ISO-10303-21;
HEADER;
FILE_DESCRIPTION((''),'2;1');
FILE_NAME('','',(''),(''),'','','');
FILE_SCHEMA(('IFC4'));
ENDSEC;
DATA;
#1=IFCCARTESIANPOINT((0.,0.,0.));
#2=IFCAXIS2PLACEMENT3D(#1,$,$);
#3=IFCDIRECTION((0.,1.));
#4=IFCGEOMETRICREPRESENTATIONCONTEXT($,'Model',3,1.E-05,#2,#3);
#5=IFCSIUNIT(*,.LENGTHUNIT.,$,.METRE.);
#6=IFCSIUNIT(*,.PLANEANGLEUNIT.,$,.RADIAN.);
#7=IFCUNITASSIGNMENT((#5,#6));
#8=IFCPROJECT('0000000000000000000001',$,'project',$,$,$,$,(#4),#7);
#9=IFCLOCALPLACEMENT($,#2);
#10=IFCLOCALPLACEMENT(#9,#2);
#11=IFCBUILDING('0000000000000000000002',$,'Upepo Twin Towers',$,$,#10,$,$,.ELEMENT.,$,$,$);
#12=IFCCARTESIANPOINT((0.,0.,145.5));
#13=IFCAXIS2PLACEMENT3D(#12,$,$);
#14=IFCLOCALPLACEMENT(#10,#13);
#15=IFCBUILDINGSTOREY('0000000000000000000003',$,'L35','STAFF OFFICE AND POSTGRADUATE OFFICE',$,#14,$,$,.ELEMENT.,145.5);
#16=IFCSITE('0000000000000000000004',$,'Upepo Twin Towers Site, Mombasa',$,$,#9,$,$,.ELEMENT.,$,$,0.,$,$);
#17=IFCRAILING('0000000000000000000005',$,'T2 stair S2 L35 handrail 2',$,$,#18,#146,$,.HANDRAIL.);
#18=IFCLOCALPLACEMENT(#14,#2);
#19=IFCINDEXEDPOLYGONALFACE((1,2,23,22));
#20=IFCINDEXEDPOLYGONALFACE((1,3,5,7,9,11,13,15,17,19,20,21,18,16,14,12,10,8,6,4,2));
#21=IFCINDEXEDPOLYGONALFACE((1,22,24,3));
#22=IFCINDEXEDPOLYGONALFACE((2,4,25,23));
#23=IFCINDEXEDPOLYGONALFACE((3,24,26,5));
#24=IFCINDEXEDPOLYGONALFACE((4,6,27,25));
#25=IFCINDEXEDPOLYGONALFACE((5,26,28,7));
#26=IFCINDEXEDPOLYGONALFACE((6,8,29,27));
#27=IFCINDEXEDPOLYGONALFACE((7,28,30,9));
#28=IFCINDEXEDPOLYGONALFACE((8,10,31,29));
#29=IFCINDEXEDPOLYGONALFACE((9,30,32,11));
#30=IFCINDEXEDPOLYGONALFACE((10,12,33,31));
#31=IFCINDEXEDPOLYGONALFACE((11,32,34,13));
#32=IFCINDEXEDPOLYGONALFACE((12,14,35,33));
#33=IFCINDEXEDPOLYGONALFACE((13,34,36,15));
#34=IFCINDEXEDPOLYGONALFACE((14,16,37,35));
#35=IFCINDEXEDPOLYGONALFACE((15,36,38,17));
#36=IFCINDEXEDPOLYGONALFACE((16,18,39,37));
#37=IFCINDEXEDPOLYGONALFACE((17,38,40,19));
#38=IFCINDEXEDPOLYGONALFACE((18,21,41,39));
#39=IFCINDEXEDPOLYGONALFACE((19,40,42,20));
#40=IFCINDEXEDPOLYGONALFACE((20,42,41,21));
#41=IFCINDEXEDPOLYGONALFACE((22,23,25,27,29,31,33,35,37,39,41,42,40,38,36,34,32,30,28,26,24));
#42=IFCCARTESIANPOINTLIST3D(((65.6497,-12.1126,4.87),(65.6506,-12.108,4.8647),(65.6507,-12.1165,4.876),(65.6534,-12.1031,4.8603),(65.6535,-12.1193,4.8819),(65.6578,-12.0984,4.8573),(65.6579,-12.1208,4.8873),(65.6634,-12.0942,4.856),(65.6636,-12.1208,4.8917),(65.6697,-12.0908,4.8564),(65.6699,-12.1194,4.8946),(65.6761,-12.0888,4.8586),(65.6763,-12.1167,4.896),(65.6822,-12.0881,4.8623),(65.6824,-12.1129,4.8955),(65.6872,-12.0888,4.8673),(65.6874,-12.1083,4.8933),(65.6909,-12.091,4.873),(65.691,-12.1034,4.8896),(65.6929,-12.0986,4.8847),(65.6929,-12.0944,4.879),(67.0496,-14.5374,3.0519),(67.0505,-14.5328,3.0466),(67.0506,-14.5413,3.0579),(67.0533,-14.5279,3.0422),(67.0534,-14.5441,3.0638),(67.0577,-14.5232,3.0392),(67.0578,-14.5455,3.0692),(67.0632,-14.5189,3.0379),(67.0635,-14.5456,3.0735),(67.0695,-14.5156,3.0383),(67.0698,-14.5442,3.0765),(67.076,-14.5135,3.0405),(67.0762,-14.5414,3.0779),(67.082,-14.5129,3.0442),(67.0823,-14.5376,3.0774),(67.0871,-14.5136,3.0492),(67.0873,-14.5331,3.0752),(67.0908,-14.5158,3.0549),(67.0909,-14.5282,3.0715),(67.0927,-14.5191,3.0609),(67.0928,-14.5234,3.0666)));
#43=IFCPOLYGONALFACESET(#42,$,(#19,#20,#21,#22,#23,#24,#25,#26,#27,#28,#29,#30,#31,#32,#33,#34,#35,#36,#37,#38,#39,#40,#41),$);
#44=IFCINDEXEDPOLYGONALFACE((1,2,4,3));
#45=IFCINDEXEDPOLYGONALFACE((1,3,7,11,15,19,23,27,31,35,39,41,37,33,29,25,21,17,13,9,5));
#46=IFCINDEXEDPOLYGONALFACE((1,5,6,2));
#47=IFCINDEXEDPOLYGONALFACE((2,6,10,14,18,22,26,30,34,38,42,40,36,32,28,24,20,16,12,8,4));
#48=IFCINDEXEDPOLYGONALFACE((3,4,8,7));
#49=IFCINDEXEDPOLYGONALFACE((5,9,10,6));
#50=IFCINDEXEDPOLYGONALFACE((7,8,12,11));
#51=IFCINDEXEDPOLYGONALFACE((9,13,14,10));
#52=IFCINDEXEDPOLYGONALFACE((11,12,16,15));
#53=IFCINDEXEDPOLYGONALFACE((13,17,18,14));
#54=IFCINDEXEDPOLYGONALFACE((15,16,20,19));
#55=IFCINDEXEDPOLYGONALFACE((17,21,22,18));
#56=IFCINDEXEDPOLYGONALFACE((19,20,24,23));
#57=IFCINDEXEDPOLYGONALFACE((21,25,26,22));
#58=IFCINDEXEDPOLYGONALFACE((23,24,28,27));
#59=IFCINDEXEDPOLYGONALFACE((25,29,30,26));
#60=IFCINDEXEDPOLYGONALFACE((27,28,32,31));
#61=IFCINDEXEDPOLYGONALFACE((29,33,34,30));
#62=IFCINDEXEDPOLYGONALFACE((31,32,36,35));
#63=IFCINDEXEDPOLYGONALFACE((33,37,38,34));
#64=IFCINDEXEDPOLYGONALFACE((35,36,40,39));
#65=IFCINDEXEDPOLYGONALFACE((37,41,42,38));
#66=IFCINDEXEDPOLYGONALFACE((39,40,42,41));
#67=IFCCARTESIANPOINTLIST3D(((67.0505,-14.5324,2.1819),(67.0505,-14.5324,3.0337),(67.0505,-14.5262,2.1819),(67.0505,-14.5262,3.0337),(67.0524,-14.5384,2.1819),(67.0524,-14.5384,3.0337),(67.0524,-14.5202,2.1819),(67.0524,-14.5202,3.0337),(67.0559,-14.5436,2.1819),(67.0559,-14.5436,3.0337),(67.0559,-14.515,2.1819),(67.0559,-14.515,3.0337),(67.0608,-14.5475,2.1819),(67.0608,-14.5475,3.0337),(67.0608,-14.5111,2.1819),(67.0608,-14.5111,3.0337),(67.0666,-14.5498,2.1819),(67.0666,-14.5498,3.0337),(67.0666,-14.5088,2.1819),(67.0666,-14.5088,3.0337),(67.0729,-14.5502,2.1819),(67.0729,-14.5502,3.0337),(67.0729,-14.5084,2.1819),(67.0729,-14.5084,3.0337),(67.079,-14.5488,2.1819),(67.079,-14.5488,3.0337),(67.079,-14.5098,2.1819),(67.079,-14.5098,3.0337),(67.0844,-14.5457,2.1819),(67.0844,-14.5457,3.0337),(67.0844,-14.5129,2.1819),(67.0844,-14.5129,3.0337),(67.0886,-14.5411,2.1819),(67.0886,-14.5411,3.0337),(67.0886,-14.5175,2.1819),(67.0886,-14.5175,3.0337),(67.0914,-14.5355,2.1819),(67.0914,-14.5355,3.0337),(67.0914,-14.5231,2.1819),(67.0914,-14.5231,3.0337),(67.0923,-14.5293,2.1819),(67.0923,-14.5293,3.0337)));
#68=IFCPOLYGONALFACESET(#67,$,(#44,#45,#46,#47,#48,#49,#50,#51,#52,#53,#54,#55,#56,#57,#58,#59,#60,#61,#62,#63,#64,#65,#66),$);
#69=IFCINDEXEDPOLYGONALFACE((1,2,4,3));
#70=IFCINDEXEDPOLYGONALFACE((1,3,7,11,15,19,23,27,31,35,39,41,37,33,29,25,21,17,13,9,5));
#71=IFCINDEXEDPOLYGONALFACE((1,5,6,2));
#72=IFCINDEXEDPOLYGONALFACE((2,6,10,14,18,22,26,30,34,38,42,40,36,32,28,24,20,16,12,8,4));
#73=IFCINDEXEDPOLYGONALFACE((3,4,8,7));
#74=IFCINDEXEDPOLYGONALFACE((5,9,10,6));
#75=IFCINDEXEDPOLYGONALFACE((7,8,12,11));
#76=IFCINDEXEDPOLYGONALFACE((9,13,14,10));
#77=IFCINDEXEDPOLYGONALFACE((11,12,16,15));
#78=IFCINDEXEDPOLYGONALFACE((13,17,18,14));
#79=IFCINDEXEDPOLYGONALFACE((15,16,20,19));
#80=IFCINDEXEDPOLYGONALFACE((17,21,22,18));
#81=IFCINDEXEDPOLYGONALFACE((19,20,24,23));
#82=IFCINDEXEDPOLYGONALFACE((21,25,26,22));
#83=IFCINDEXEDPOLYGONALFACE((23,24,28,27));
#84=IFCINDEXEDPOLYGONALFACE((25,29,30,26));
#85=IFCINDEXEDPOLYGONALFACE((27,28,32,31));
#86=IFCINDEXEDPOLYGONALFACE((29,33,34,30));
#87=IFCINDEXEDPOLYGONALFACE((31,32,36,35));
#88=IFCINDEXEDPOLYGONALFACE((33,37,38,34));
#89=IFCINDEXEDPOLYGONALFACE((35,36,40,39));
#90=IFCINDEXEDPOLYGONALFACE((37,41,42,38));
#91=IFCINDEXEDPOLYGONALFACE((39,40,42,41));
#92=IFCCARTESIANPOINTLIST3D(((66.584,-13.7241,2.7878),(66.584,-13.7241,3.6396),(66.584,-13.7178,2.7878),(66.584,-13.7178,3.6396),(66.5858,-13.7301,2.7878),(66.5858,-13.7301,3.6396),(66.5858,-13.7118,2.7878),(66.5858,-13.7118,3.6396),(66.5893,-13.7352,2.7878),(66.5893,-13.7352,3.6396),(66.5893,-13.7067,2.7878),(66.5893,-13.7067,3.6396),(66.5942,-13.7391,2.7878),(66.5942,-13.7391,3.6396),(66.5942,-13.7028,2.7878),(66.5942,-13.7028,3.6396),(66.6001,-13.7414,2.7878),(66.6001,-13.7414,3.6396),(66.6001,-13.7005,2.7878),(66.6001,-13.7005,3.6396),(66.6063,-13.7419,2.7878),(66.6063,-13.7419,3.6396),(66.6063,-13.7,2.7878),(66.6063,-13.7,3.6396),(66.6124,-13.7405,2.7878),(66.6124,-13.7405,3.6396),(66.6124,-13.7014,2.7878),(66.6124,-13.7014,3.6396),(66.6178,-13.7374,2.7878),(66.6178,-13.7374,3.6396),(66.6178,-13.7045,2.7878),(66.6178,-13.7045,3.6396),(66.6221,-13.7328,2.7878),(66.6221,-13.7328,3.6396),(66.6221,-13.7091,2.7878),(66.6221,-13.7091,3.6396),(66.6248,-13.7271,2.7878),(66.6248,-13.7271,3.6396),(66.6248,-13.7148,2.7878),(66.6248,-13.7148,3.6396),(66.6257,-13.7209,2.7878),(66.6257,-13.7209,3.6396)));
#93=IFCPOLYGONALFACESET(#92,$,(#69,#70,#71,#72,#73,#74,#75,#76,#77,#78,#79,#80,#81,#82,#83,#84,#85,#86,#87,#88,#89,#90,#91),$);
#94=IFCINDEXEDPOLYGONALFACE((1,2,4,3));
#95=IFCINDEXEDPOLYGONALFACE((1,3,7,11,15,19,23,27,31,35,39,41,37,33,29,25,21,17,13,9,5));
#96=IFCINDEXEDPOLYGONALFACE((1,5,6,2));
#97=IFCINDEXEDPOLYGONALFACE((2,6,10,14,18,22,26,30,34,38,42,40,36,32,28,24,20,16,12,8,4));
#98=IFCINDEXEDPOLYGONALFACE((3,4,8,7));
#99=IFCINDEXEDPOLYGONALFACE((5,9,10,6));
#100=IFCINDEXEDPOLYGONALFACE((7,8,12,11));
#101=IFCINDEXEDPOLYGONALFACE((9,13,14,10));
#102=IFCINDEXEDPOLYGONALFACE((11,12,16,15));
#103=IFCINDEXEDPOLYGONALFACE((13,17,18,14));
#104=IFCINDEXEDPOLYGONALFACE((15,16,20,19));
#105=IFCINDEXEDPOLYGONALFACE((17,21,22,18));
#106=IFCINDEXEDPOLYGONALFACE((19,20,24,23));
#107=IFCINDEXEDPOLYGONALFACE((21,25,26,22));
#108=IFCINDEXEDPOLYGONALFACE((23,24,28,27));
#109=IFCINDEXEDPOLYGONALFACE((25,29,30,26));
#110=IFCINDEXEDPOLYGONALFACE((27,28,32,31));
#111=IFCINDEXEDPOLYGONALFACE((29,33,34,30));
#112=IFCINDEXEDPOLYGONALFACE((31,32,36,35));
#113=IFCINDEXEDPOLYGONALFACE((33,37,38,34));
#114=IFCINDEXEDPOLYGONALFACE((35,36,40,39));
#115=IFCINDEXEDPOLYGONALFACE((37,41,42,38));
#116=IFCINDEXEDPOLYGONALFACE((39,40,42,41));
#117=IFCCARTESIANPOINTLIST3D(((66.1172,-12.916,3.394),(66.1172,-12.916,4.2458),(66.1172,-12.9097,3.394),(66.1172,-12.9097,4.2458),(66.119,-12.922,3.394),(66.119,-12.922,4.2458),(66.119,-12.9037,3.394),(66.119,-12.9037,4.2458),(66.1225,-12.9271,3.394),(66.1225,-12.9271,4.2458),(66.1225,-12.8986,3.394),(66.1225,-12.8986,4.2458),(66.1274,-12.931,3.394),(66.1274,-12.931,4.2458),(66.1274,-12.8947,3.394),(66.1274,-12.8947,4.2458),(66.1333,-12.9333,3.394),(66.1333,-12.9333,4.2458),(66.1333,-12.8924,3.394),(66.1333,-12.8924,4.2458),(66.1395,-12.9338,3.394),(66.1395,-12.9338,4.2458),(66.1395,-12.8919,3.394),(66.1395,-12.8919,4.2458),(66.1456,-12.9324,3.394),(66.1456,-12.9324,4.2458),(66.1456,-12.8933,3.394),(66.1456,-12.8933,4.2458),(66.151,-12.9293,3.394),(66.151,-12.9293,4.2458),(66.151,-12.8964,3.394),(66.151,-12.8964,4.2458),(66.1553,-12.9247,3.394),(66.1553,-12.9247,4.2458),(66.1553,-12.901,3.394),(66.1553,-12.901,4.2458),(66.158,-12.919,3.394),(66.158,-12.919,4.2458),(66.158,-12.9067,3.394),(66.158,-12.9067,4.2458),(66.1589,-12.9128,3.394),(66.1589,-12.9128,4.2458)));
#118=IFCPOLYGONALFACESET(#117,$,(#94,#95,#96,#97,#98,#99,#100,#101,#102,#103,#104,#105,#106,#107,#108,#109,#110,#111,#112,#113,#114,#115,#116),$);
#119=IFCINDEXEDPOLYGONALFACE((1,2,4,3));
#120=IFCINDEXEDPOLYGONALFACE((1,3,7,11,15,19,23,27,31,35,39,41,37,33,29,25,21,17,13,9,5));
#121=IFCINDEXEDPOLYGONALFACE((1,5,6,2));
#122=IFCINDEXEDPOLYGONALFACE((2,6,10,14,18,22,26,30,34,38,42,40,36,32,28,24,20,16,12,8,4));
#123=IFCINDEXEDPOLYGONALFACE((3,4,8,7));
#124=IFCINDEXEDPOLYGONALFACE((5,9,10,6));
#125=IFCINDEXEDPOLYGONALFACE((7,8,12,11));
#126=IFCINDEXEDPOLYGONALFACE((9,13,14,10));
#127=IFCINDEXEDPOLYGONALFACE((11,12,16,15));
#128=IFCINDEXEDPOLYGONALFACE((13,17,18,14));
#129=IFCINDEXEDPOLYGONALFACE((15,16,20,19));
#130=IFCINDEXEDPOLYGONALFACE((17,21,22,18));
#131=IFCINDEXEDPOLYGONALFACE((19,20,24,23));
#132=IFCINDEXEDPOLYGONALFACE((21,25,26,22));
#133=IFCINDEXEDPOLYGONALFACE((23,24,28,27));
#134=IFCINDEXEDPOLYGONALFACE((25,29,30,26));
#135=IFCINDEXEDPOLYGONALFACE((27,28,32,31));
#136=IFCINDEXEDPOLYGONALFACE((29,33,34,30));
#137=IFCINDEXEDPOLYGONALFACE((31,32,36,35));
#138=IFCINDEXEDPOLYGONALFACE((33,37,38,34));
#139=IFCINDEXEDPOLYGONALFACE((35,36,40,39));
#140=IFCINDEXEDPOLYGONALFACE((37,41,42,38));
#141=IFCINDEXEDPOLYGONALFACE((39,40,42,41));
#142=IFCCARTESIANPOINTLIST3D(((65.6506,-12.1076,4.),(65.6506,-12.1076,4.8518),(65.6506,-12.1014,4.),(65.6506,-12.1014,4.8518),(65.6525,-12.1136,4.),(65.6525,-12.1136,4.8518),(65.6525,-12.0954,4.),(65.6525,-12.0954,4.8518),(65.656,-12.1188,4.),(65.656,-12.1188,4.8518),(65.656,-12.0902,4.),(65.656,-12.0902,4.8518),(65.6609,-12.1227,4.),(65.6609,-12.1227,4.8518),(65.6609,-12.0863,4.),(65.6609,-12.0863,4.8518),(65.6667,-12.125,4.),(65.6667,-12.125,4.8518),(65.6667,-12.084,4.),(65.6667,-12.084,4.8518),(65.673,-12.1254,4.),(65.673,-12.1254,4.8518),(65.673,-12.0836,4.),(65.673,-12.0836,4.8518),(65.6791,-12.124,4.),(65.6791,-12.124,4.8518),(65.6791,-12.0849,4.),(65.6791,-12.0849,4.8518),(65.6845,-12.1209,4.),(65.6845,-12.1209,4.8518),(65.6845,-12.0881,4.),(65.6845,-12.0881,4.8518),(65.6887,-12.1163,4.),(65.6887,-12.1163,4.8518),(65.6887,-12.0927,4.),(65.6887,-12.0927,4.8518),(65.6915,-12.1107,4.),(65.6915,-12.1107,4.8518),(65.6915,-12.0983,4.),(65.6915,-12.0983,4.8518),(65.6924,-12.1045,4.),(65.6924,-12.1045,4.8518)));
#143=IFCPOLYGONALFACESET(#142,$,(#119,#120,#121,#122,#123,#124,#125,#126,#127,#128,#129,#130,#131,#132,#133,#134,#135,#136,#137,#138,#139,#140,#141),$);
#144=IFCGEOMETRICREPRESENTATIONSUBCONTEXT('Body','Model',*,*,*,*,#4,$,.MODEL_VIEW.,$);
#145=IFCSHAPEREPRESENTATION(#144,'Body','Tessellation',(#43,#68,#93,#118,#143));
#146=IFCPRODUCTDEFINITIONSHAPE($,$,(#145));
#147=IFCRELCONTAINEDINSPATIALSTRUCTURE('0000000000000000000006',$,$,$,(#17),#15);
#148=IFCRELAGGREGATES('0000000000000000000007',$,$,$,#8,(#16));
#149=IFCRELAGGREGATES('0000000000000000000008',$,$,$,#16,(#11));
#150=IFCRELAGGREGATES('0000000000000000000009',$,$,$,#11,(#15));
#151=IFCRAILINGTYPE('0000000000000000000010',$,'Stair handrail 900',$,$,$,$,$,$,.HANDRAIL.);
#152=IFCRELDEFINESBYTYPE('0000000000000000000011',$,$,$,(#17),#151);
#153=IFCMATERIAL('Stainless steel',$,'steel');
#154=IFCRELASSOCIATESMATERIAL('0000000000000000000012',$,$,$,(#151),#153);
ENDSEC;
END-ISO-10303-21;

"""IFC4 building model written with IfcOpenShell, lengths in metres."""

from ifc_helpers import new_model, si_unit, direction, frame, origin, origin_2d, place, context, subcontext, project, spatial, circle, extrude, material, type_object, element, save


model = new_model("IFC4")

# Units and contexts
model_context = context("Model", 3, precision=1e-05, world=origin(), true_north=direction((0.0, 1.0)))
body_context = subcontext(model_context, "Body", "Model", "MODEL_VIEW")
ifc_project = project(units=[si_unit("LENGTHUNIT", "METRE"), si_unit("PLANEANGLEUNIT", "RADIAN")], contexts=[model_context])

# Site, building, storey
site_placement = place(None, origin())
site = spatial("IfcSite", under=ifc_project, at=site_placement, Name="Upepo Twin Towers Site, Mombasa", CompositionType="ELEMENT", RefElevation=0.0)
building_placement = place(site_placement, origin())
building = spatial("IfcBuilding", under=site, at=building_placement, Name="Upepo Twin Towers", CompositionType="ELEMENT")
storey_placement = place(building_placement, frame((0.0, 0.0, 145.5)))
storey = spatial("IfcBuildingStorey", under=building, at=storey_placement, Name="L35", Description="STAFF OFFICE AND POSTGRADUATE OFFICE", CompositionType="ELEMENT", Elevation=145.5)

# Railing
ifc_material_1 = material(Name="Stainless steel", Category="steel")
railing_type = type_object("IfcRailingType", Name="Stair handrail 900", PredefinedType="HANDRAIL", material=ifc_material_1)
railing_1_placement = place(storey_placement, frame((67.0713, -14.5293, 2.1819)))
element("IfcRailing", 1, at=railing_1_placement, inside=storey, type_object=railing_type, Name="T2 stair S2 L35 handrail 2", PredefinedType="HANDRAIL", context=body_context, shape_type="SweptSolid", body=[
    extrude(circle(Radius=0.0239, at=origin_2d()), frame((0.0, 0.0, 0.876), z_axis=(-0.419333, 0.726336, 0.544606), x_axis=(-0.866035, -0.499984, 0.0)), (0.0, 0.0, 1.0), 3.3384),
    extrude(circle(Radius=0.021, at=origin_2d()), origin(), (0.0, 0.0, 1.0), 0.8518),
    extrude(circle(Radius=0.021, at=origin_2d()), frame((-0.4666, 0.8083, 0.606)), (0.0, 0.0, 1.0), 0.8518),
    extrude(circle(Radius=0.021, at=origin_2d()), frame((-0.9333, 1.6165, 1.2122)), (0.0, 0.0, 1.0), 0.8518),
    extrude(circle(Radius=0.021, at=origin_2d()), frame((-1.3999, 2.4248, 1.8181)), (0.0, 0.0, 1.0), 0.8518),
])

save(model, "model.ifc")
